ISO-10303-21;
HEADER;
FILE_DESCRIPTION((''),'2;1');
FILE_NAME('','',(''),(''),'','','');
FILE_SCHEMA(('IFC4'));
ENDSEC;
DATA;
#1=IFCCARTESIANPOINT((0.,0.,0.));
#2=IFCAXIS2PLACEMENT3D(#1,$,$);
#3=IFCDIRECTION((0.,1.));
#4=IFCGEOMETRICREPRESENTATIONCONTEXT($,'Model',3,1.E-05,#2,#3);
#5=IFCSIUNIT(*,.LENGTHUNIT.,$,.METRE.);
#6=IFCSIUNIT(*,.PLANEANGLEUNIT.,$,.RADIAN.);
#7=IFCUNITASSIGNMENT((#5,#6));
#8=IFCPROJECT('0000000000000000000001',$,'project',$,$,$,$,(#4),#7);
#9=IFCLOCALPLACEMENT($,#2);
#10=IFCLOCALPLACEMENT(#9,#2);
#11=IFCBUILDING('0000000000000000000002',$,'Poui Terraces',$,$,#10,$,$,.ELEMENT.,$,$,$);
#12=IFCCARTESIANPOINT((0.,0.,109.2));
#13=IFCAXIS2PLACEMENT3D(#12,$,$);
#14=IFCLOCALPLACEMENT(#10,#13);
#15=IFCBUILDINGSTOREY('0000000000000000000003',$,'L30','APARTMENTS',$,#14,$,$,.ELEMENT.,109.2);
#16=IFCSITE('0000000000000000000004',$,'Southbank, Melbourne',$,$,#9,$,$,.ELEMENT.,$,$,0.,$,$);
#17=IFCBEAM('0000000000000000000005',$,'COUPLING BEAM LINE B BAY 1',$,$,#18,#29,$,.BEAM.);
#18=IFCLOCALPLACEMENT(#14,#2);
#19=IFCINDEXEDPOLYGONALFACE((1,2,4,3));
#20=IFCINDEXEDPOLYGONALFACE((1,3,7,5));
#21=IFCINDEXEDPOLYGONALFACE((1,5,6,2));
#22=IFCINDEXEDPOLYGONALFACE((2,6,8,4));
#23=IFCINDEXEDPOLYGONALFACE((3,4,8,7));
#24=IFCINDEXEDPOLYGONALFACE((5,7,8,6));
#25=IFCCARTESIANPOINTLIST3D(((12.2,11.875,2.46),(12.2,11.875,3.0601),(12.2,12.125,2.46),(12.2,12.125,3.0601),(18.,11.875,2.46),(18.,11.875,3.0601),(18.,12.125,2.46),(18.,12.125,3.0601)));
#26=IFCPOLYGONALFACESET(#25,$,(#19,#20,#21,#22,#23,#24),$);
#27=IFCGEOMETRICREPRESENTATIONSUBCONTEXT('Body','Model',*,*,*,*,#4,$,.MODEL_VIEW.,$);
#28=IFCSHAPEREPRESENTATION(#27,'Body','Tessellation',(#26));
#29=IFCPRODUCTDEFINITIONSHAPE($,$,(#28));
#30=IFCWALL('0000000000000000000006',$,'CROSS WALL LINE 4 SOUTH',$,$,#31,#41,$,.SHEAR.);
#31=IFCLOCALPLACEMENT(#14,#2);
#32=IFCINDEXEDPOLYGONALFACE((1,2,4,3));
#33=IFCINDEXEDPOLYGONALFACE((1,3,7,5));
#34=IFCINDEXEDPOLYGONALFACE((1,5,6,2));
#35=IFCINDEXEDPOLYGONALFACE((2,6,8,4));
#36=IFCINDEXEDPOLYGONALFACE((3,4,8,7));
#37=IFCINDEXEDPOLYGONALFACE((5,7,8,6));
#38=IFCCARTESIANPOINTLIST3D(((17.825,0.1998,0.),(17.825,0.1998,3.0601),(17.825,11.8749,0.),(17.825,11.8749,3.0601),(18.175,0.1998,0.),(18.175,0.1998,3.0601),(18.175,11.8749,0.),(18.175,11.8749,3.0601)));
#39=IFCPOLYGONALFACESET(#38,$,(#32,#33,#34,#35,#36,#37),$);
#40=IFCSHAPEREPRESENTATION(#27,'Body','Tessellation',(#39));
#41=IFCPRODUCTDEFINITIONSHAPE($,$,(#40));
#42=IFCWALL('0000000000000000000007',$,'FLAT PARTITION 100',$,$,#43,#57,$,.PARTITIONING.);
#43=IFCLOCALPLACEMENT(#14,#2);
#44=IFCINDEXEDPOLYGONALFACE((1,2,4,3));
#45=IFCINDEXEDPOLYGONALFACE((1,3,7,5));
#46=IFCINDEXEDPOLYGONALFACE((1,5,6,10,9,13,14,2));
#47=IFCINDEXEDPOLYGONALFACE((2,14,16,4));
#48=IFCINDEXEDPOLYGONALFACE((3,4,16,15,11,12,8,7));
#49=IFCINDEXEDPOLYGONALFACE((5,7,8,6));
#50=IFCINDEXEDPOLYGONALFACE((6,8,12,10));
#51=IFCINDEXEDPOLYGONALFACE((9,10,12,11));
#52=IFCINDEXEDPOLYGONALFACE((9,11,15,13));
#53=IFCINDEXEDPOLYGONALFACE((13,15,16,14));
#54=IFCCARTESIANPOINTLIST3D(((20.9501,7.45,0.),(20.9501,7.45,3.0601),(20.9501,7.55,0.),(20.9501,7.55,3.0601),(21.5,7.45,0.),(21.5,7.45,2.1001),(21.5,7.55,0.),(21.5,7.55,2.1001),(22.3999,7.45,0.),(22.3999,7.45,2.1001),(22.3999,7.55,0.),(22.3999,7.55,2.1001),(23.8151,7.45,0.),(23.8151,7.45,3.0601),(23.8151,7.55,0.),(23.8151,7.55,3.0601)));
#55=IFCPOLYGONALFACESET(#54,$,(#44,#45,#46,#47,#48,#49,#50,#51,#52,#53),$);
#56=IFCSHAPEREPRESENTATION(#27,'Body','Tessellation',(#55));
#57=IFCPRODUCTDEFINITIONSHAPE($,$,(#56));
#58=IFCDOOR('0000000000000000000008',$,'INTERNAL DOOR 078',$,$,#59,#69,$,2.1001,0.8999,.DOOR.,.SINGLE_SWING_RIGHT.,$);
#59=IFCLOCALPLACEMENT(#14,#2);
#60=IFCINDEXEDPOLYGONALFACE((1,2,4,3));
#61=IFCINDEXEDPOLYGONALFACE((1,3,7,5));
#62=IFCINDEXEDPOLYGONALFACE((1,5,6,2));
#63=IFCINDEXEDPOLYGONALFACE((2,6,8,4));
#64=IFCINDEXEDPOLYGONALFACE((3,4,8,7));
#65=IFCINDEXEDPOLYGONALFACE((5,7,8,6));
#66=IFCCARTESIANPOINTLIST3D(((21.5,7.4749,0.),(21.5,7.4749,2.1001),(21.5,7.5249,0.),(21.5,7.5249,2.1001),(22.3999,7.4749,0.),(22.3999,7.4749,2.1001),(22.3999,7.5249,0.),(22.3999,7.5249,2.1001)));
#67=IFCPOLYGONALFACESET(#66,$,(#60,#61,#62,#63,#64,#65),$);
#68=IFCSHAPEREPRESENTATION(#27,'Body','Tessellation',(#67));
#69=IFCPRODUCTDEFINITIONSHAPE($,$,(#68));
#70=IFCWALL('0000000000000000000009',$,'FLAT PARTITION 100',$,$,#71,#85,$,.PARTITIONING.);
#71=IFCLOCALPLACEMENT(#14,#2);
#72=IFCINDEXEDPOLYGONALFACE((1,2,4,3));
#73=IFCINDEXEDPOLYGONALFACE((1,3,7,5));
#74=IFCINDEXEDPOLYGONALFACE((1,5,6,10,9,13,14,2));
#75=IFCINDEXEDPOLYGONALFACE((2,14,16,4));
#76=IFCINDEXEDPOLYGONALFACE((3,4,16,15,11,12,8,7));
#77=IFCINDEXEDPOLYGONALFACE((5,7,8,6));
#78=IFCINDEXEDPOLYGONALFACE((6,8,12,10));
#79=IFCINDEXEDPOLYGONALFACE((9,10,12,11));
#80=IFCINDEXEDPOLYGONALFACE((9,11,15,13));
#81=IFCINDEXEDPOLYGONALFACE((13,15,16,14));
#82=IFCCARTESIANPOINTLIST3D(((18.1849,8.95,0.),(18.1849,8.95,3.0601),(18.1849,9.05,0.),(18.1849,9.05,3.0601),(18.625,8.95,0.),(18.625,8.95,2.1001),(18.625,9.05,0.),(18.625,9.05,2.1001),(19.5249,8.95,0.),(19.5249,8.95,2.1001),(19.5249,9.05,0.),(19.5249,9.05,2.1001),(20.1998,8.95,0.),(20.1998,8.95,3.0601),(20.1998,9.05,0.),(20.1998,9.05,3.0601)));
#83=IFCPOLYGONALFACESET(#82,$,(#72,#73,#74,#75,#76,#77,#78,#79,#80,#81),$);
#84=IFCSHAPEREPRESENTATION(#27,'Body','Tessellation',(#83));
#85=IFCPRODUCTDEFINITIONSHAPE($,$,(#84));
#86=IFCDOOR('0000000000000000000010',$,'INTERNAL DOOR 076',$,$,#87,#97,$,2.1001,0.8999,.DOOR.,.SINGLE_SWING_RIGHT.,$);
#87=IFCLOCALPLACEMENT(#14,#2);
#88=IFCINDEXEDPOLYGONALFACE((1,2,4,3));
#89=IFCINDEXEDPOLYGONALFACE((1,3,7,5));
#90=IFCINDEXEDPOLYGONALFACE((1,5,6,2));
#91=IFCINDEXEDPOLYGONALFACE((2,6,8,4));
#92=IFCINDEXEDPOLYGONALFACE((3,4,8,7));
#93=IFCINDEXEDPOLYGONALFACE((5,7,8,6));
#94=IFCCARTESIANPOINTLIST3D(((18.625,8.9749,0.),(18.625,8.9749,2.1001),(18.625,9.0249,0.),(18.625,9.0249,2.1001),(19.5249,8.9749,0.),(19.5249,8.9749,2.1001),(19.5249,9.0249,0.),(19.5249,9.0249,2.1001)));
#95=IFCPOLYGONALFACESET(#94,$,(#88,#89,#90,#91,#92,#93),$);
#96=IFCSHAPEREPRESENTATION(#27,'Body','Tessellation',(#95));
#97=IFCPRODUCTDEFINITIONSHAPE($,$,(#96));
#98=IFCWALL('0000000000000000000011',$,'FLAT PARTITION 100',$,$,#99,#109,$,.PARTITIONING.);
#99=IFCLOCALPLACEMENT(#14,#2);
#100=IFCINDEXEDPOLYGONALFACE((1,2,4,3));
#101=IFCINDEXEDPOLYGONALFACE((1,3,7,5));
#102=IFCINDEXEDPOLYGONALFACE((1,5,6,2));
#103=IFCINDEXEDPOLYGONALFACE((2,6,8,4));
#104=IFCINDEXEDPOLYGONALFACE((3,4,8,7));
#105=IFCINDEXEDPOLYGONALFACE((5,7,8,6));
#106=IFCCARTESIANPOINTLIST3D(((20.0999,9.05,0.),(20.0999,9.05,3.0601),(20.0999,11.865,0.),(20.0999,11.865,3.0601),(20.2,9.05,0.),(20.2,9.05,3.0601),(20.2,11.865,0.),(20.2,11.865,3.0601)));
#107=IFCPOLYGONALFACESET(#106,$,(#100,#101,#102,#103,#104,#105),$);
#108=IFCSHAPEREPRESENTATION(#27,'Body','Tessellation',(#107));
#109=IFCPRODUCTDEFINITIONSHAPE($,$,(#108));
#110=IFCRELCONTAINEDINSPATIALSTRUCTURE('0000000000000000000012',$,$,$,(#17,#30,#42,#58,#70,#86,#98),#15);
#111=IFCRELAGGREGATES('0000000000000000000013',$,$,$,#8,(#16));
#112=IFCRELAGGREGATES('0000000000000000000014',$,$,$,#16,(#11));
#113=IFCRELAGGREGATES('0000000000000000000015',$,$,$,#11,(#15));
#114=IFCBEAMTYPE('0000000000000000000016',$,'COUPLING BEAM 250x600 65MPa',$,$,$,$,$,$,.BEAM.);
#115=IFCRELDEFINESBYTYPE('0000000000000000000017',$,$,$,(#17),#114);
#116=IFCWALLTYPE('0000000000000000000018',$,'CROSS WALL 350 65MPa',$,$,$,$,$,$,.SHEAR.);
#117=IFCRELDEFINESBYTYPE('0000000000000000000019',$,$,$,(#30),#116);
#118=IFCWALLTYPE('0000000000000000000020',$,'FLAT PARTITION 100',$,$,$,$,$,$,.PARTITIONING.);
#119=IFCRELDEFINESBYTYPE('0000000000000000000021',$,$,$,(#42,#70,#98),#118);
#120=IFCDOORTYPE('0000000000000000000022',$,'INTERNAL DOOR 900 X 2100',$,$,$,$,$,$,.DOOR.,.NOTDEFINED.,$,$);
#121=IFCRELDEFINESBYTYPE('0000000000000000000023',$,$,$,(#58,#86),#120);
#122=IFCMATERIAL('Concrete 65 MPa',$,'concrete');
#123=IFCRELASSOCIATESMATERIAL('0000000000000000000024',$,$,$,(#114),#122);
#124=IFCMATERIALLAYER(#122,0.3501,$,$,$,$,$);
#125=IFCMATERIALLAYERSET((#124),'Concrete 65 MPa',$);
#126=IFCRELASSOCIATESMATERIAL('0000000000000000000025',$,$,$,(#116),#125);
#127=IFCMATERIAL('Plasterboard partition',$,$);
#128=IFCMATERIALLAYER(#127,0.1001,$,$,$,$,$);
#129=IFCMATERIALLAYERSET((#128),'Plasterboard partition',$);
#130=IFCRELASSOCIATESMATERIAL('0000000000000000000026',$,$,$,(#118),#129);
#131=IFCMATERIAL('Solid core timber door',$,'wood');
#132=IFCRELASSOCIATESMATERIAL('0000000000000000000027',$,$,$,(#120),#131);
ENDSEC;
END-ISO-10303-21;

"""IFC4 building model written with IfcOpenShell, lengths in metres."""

from ifc_helpers import new_model, si_unit, direction, frame, frame_2d, origin, origin_2d, place, context, subcontext, project, spatial, rectangle, extrude, source, transform, mapped, material, layer, layer_set, material_profile, profile_set, type_object, element, fill, save


model = new_model("IFC4")

# Units and contexts
model_context = context("Model", 3, precision=1e-05, world=origin(), true_north=direction((0.0, 1.0)))
body_context = subcontext(model_context, "Body", "Model", "MODEL_VIEW")
ifc_project = project(units=[si_unit("LENGTHUNIT", "METRE"), si_unit("PLANEANGLEUNIT", "RADIAN")], contexts=[model_context])

# Site, building, storey
site_placement = place(None, origin())
site = spatial("IfcSite", under=ifc_project, at=site_placement, Name="Southbank, Melbourne", CompositionType="ELEMENT", RefElevation=0.0)
building_placement = place(site_placement, origin())
building = spatial("IfcBuilding", under=site, at=building_placement, Name="Poui Terraces", CompositionType="ELEMENT")
storey_placement = place(building_placement, frame((0.0, 0.0, 109.2)))
storey = spatial("IfcBuildingStorey", under=building, at=storey_placement, Name="L30", Description="APARTMENTS", CompositionType="ELEMENT", Elevation=109.2)

# Beam
ifc_material_1 = material(Name="Concrete 65 MPa", Category="concrete")
ifc_material_profile = material_profile(ifc_material_1, rectangle(XDim=0.25, YDim=0.6001, at=origin_2d()), Name="RC 250x600")
ifc_profile_set = profile_set([ifc_material_profile], Name="Concrete 65 MPa")
beam_type = type_object("IfcBeamType", Name="COUPLING BEAM 250x600 65MPa", PredefinedType="BEAM", material=ifc_profile_set)
shared_shape = source(origin(), body_context, "Body", "SweptSolid", [
    extrude(rectangle(XDim=0.25, YDim=0.6001, at=origin_2d()), origin(), (0.0, 0.0, 1.0), 5.8),
])
beam_placement = place(storey_placement, frame((12.2, 12.0, 2.76), z_axis=(1.0, 0.0, 0.0), x_axis=(0.0, 1.0, 0.0)))
element("IfcBeam", 1, at=beam_placement, inside=storey, type_object=beam_type, Name="COUPLING BEAM LINE B BAY 1", PredefinedType="BEAM", context=body_context, shape_type="MappedRepresentation", body=[
    mapped(shared_shape, transform((0.0, 0.0, 0.0))),
])

# Wall
ifc_layer_1 = layer(ifc_material_1, 0.3501)
ifc_layer_set_1 = layer_set([ifc_layer_1], Name="Concrete 65 MPa")
wall_type_1 = type_object("IfcWallType", Name="CROSS WALL 350 65MPa", PredefinedType="SHEAR", material=ifc_layer_set_1)
wall_1_placement = place(storey_placement, frame((18.0, 0.2, 0.0), z_axis=(0.0, 0.0, 1.0), x_axis=(0.0, 1.0, 0.0)))
element("IfcWall", 2, at=wall_1_placement, inside=storey, type_object=wall_type_1, Name="CROSS WALL LINE 4 SOUTH", PredefinedType="SHEAR", context=body_context, shape_type="SweptSolid", body=[
    extrude(rectangle(XDim=11.675, YDim=0.3501, at=frame_2d((5.8374, 0.0))), origin(), (0.0, 0.0, 1.0), 3.0601),
])

# Walls, openings, doors
ifc_material_2 = material(Name="Plasterboard partition")
ifc_layer_2 = layer(ifc_material_2, 0.1001)
ifc_layer_set_2 = layer_set([ifc_layer_2], Name="Plasterboard partition")
wall_type_2 = type_object("IfcWallType", Name="FLAT PARTITION 100", PredefinedType="PARTITIONING", material=ifc_layer_set_2)
wall_2_placement = place(storey_placement, frame((20.95, 7.5, 0.0), z_axis=(0.0, 0.0, 1.0), x_axis=(1.0, 0.0, 0.0)))
wall_2 = element("IfcWall", 3, at=wall_2_placement, inside=storey, type_object=wall_type_2, Name="FLAT PARTITION 100", PredefinedType="PARTITIONING", context=body_context, shape_type="SweptSolid", body=[
    extrude(rectangle(XDim=2.865, YDim=0.1001, at=frame_2d((1.4326, 0.0))), origin(), (0.0, 0.0, 1.0), 3.0601),
])
opening_1_placement = place(wall_2_placement, frame((0.55, 0.0, 0.0)))
opening_1 = element("IfcOpeningElement", 4, at=opening_1_placement, cuts=wall_2, PredefinedType="OPENING", context=body_context, shape_type="SweptSolid", body=[
    extrude(rectangle(XDim=0.8999, YDim=2.1001, at=frame_2d((0.45, 1.05))), frame((0.0, 0.0601, 0.0), z_axis=(0.0, -1.0, 0.0), x_axis=(1.0, 0.0, 0.0)), (0.0, 0.0, 1.0), 0.1201),
])
ifc_material_3 = material(Name="Solid core timber door", Category="wood")
door_type = type_object("IfcDoorType", Name="INTERNAL DOOR 900 X 2100", OperationType="NOTDEFINED", PredefinedType="DOOR", material=ifc_material_3)
door_1_placement = place(opening_1_placement, origin())
door_1 = element("IfcDoor", 5, at=door_1_placement, inside=storey, type_object=door_type, Name="INTERNAL DOOR 078", OperationType="SINGLE_SWING_RIGHT", OverallHeight=2.1001, OverallWidth=0.8999, PredefinedType="DOOR", context=body_context, shape_type="SweptSolid", body=[
    extrude(rectangle(XDim=0.8999, YDim=2.1001, at=frame_2d((0.45, 1.05))), frame((0.0, 0.0249, 0.0), z_axis=(0.0, -1.0, 0.0), x_axis=(1.0, 0.0, 0.0)), (0.0, 0.0, 1.0), 0.05),
])
fill(opening_1, door_1)
wall_3_placement = place(storey_placement, frame((18.1851, 9.0, 0.0), z_axis=(0.0, 0.0, 1.0), x_axis=(1.0, 0.0, 0.0)))
wall_3 = element("IfcWall", 6, at=wall_3_placement, inside=storey, type_object=wall_type_2, Name="FLAT PARTITION 100", PredefinedType="PARTITIONING", context=body_context, shape_type="SweptSolid", body=[
    extrude(rectangle(XDim=2.0149, YDim=0.1001, at=frame_2d((1.0073, 0.0))), origin(), (0.0, 0.0, 1.0), 3.0601),
])
opening_2_placement = place(wall_3_placement, frame((0.4399, 0.0, 0.0)))
opening_2 = element("IfcOpeningElement", 7, at=opening_2_placement, cuts=wall_3, PredefinedType="OPENING", context=body_context, shape_type="SweptSolid", body=[
    extrude(rectangle(XDim=0.8999, YDim=2.1001, at=frame_2d((0.45, 1.05))), frame((0.0, 0.0601, 0.0), z_axis=(0.0, -1.0, 0.0), x_axis=(1.0, 0.0, 0.0)), (0.0, 0.0, 1.0), 0.1201),
])
door_2_placement = place(opening_2_placement, origin())
door_2 = element("IfcDoor", 8, at=door_2_placement, inside=storey, type_object=door_type, Name="INTERNAL DOOR 076", OperationType="SINGLE_SWING_RIGHT", OverallHeight=2.1001, OverallWidth=0.8999, PredefinedType="DOOR", context=body_context, shape_type="SweptSolid", body=[
    extrude(rectangle(XDim=0.8999, YDim=2.1001, at=frame_2d((0.45, 1.05))), frame((0.0, 0.0249, 0.0), z_axis=(0.0, -1.0, 0.0), x_axis=(1.0, 0.0, 0.0)), (0.0, 0.0, 1.0), 0.05),
])
fill(opening_2, door_2)

# Wall
wall_4_placement = place(storey_placement, frame((20.1499, 9.05, 0.0), z_axis=(0.0, 0.0, 1.0), x_axis=(0.0, 1.0, 0.0)))
element("IfcWall", 9, at=wall_4_placement, inside=storey, type_object=wall_type_2, Name="FLAT PARTITION 100", PredefinedType="PARTITIONING", context=body_context, shape_type="SweptSolid", body=[
    extrude(rectangle(XDim=2.8149, YDim=0.1001, at=frame_2d((1.4075, 0.0))), origin(), (0.0, 0.0, 1.0), 3.0601),
])

save(model, "model.ifc")
